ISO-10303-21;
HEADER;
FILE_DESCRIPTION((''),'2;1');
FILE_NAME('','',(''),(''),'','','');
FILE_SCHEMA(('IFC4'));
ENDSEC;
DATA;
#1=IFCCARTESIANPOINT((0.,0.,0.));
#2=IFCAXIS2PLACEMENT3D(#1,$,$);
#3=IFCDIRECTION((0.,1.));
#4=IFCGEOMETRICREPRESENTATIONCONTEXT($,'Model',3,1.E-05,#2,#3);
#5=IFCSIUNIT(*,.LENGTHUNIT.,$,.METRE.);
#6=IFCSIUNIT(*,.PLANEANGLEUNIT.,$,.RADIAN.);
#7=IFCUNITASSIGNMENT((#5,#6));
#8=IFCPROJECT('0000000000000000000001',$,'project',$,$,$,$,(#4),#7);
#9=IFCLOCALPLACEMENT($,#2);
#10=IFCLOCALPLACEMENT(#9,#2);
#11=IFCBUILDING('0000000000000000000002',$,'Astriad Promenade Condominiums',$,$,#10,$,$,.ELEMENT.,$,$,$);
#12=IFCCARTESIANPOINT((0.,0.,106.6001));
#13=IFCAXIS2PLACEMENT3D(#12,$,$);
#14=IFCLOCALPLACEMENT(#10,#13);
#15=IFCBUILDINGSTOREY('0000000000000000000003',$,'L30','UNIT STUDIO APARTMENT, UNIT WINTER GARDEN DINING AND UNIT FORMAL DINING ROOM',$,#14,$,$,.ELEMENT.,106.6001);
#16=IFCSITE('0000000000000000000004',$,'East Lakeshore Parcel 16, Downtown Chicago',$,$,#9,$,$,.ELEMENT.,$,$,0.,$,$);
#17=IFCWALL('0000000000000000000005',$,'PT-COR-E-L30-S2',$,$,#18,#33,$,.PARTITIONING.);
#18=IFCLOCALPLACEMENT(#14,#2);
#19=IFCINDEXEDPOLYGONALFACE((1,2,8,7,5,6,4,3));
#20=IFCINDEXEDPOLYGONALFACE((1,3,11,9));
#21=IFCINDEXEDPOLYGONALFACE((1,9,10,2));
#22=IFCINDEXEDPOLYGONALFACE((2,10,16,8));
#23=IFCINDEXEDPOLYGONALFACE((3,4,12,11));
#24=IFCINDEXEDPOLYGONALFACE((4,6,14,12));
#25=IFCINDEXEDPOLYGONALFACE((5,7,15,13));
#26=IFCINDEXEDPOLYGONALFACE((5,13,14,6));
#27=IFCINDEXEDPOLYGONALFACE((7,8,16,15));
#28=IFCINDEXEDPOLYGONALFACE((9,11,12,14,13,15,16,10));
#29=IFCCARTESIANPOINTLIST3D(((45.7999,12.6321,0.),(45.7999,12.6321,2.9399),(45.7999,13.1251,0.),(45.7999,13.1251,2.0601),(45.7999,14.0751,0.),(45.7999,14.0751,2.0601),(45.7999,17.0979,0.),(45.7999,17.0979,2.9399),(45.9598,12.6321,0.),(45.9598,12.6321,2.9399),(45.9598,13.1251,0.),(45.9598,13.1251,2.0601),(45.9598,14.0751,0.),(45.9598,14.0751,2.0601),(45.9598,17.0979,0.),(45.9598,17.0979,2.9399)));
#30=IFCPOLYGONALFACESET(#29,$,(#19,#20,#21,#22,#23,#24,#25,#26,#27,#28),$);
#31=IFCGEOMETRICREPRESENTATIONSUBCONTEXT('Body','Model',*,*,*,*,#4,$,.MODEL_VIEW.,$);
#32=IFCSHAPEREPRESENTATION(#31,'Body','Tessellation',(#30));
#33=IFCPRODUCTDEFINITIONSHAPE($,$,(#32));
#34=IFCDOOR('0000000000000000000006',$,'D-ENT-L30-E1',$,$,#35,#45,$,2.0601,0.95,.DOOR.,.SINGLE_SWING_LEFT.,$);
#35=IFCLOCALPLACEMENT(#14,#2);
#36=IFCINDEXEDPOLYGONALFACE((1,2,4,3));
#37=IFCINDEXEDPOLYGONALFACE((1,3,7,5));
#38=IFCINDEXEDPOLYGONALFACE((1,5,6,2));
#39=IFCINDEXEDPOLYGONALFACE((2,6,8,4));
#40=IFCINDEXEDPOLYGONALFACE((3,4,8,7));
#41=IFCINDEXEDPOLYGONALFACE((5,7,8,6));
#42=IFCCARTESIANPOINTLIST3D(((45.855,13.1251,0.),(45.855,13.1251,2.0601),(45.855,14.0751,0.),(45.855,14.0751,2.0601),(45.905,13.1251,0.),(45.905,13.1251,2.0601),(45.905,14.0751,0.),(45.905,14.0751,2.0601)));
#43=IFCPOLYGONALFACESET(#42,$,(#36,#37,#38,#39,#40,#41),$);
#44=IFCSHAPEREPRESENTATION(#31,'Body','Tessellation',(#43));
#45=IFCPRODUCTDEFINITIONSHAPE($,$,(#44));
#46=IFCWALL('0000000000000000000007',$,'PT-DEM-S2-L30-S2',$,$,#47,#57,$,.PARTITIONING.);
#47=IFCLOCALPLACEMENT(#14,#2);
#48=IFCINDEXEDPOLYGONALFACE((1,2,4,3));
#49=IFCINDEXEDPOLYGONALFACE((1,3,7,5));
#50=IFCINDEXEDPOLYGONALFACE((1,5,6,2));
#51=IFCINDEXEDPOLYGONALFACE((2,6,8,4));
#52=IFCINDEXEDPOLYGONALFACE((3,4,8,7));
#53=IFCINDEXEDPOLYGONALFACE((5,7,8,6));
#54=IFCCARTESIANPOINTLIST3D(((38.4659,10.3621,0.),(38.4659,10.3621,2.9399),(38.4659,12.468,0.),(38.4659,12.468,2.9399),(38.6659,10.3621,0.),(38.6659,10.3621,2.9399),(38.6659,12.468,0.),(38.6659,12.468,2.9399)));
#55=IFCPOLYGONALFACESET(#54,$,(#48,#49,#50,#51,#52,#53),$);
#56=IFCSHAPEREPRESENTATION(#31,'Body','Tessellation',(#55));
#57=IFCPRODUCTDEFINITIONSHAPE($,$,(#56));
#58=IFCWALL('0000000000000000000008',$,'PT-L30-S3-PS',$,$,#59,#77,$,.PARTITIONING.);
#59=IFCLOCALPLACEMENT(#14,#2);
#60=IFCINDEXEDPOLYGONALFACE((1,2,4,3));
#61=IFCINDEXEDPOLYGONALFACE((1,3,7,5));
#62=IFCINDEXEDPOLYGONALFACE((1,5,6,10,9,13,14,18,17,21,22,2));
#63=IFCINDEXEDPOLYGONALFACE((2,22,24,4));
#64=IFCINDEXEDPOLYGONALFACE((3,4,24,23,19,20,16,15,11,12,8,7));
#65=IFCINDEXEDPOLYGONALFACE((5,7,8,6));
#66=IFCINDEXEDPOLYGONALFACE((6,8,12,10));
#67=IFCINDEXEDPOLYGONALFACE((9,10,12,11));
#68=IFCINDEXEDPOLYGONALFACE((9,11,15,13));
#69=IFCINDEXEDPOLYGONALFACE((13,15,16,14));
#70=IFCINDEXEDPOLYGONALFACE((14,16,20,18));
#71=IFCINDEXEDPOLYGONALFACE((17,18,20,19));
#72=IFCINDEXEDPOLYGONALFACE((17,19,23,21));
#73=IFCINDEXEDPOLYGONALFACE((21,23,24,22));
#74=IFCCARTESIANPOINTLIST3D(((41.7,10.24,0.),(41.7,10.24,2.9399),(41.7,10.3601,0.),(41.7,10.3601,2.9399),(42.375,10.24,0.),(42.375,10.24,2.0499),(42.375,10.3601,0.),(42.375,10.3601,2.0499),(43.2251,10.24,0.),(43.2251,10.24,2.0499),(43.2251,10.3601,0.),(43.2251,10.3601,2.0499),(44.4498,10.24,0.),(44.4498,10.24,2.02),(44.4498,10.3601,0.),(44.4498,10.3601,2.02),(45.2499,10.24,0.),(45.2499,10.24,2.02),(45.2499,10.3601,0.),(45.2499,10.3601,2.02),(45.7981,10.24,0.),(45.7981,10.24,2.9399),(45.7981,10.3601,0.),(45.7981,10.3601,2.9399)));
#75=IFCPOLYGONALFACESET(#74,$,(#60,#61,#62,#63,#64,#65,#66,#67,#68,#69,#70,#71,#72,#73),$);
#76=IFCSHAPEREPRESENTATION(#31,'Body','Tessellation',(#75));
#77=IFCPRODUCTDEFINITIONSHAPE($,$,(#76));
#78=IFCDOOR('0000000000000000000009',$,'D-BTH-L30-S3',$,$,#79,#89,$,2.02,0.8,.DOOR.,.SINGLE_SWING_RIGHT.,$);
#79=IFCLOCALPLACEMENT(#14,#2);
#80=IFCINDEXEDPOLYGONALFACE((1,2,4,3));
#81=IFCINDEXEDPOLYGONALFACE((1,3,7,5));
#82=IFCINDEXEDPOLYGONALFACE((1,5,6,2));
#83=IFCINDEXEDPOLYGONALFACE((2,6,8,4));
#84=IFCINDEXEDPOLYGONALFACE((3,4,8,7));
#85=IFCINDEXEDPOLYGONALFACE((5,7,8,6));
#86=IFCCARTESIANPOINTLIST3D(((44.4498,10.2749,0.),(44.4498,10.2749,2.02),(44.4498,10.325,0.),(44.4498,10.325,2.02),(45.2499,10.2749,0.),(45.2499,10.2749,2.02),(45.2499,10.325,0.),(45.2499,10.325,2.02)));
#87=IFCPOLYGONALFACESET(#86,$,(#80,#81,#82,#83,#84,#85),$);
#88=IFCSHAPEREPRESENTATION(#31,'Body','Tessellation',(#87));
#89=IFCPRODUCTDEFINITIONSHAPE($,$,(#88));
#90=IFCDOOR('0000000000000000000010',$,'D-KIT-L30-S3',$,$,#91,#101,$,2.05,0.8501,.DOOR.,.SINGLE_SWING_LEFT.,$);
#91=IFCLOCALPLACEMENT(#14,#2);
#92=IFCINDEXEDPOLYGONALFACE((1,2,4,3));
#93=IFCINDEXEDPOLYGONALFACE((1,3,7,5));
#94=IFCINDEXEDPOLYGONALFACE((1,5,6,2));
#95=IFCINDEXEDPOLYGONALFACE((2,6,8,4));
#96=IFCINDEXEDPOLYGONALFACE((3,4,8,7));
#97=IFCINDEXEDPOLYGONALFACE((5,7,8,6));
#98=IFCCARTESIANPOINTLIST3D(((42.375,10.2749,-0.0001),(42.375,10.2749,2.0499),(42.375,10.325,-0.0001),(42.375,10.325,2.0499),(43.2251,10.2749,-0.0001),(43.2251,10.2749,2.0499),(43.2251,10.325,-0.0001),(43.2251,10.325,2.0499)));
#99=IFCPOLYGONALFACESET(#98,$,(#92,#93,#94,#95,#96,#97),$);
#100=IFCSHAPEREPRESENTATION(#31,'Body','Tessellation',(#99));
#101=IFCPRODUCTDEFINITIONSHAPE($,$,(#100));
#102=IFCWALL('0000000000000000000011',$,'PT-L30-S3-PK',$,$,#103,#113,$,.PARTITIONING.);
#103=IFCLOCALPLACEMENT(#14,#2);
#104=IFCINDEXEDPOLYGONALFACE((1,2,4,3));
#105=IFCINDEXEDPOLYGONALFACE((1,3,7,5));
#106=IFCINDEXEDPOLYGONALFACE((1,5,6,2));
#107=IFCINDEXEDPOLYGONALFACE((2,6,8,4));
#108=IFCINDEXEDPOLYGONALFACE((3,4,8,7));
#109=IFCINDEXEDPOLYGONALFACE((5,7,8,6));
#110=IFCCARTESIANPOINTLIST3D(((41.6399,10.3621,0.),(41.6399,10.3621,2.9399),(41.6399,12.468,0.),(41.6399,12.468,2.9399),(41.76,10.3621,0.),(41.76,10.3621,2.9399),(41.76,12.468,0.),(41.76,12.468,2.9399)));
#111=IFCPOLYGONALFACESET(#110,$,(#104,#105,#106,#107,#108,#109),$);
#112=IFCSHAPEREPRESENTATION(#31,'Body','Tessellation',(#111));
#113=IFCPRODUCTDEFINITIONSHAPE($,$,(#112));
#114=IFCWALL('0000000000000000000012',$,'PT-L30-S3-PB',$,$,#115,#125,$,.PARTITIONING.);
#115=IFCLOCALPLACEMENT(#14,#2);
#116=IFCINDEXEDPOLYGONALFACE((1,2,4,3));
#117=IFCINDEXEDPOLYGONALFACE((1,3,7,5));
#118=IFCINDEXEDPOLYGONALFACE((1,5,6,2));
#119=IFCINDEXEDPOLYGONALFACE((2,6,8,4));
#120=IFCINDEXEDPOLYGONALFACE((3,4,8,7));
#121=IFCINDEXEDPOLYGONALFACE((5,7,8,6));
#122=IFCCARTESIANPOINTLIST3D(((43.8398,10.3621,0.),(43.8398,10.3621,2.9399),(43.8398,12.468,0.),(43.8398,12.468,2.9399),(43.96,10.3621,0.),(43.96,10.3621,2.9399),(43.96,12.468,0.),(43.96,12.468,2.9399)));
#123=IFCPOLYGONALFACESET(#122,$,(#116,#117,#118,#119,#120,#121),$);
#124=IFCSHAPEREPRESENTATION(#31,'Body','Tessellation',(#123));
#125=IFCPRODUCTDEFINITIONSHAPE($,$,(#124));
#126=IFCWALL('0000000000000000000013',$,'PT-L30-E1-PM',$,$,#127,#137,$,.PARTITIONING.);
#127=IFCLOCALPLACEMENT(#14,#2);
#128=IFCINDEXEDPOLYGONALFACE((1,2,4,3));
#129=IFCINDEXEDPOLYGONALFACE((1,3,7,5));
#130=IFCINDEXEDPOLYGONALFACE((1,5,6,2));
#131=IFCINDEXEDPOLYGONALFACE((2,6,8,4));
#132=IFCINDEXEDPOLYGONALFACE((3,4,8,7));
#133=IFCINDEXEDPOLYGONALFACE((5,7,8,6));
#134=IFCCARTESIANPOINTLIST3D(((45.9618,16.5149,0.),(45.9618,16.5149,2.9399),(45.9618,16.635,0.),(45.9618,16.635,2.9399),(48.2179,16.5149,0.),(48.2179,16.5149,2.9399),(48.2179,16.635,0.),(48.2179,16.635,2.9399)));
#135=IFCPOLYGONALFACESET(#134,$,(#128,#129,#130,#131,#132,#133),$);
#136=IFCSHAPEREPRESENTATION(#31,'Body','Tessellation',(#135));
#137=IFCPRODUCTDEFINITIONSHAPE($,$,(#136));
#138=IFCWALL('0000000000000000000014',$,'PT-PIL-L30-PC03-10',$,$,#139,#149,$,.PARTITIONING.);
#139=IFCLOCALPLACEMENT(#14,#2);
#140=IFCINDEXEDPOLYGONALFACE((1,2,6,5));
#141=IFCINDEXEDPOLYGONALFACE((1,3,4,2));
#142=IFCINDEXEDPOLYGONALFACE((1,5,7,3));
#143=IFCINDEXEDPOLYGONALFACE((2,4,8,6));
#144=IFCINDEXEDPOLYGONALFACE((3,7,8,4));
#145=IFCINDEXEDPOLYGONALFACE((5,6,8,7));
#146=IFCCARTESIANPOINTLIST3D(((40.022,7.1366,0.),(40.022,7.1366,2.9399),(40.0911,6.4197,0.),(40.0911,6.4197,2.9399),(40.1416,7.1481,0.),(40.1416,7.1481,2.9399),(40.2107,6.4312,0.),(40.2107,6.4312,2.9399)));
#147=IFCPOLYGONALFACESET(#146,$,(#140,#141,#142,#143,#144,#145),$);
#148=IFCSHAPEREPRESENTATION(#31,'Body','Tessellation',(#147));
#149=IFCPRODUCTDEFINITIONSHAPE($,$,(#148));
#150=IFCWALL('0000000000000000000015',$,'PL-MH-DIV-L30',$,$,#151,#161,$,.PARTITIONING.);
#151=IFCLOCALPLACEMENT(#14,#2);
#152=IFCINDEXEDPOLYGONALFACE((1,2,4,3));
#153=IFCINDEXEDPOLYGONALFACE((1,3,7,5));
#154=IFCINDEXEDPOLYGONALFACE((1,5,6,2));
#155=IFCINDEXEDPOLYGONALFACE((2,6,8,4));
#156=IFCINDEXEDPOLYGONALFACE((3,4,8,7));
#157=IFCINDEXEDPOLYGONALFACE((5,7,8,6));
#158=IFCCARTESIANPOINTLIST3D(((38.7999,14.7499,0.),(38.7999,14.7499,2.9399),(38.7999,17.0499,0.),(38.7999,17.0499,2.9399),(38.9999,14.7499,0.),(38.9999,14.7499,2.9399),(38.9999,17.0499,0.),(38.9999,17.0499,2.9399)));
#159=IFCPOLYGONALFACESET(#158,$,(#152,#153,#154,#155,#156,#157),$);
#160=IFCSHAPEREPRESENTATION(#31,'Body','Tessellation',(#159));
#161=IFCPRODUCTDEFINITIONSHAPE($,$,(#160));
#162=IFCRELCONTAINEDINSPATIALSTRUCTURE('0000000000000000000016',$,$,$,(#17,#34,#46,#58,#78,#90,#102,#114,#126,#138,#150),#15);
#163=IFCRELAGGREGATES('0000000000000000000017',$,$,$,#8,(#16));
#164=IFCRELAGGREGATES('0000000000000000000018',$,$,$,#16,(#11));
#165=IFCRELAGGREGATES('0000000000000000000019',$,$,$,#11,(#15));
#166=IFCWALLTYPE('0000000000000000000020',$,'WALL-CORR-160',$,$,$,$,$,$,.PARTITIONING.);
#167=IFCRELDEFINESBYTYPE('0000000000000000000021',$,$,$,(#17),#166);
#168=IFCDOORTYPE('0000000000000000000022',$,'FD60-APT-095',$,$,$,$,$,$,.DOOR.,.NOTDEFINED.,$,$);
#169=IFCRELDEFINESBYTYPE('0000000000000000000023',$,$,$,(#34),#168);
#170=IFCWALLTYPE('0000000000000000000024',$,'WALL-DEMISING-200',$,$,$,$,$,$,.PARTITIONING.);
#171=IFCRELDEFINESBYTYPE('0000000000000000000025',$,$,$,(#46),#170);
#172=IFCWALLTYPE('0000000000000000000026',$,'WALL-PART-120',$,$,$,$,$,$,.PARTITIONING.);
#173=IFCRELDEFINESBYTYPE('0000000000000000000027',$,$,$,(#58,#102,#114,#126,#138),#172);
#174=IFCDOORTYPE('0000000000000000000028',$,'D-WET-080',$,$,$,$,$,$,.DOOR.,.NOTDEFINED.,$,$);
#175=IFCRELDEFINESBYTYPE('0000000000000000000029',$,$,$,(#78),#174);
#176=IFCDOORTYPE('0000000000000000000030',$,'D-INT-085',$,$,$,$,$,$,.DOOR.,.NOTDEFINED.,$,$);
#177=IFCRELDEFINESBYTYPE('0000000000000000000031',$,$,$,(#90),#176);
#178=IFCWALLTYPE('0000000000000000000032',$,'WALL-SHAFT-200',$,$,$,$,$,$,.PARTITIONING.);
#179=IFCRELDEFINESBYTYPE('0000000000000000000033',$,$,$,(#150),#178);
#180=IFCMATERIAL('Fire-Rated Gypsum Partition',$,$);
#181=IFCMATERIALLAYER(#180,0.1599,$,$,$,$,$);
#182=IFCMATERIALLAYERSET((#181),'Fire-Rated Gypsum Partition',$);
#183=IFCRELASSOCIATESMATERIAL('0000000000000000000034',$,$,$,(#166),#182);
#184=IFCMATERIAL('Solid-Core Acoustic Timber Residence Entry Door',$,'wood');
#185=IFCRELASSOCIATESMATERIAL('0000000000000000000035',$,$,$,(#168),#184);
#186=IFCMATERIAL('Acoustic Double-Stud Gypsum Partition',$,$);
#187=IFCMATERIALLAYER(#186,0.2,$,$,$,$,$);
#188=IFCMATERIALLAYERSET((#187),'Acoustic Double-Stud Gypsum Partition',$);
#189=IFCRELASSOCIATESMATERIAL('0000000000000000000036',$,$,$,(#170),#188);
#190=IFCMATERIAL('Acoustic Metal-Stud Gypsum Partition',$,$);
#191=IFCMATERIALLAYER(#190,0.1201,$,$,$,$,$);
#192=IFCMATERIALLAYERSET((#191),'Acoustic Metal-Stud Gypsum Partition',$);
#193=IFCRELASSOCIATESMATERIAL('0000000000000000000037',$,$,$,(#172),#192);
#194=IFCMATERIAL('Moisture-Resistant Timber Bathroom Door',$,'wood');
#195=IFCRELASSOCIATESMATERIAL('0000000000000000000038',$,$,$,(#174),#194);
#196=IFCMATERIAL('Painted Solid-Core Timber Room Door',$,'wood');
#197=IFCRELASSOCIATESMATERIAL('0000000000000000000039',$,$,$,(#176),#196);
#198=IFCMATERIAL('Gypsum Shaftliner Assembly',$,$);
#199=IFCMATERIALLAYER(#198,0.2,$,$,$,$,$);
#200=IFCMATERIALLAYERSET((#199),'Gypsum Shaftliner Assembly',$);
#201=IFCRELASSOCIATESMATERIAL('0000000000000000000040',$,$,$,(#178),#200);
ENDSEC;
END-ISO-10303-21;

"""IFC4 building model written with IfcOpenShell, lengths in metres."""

from ifc_helpers import new_model, si_unit, direction, frame, frame_2d, origin, place, context, subcontext, project, spatial, rectangle, extrude, source, transform, mapped, material, layer, layer_set, type_object, type_shapes, element, fill, save


model = new_model("IFC4")

# Units and contexts
model_context = context("Model", 3, precision=1e-05, world=origin(), true_north=direction((0.0, 1.0)))
body_context = subcontext(model_context, "Body", "Model", "MODEL_VIEW")
ifc_project = project(units=[si_unit("LENGTHUNIT", "METRE"), si_unit("PLANEANGLEUNIT", "RADIAN")], contexts=[model_context])

# Site, building, storey
site_placement = place(None, origin())
site = spatial("IfcSite", under=ifc_project, at=site_placement, Name="East Lakeshore Parcel 16, Downtown Chicago", CompositionType="ELEMENT", RefElevation=0.0)
building_placement = place(site_placement, origin())
building = spatial("IfcBuilding", under=site, at=building_placement, Name="Astriad Promenade Condominiums", CompositionType="ELEMENT")
storey_placement = place(building_placement, frame((0.0, 0.0, 106.6001)))
storey = spatial("IfcBuildingStorey", under=building, at=storey_placement, Name="L30", Description="UNIT STUDIO APARTMENT, UNIT WINTER GARDEN DINING AND UNIT FORMAL DINING ROOM", CompositionType="ELEMENT", Elevation=106.6001)

# Shared definitions
ifc_material_1 = material(Name="Fire-Rated Gypsum Partition")
ifc_layer_1 = layer(ifc_material_1, 0.1599)
ifc_layer_set_1 = layer_set([ifc_layer_1], Name="Fire-Rated Gypsum Partition")
wall_type_1 = type_object("IfcWallType", Name="WALL-CORR-160", PredefinedType="PARTITIONING", material=ifc_layer_set_1)

# Wall, opening, door
wall_1_placement = place(storey_placement, frame((45.8799, 12.6321, 0.0), z_axis=(0.0, 0.0, 1.0), x_axis=(0.0, 1.0, 0.0)))
wall_1 = element("IfcWall", 1, at=wall_1_placement, inside=storey, type_object=wall_type_1, Name="PT-COR-E-L30-S2", PredefinedType="PARTITIONING", context=body_context, shape_type="SweptSolid", body=[
    extrude(rectangle(XDim=4.4658, YDim=0.1599, at=frame_2d((2.2329, 0.0))), origin(), (0.0, 0.0, 1.0), 2.9399),
])
opening_1_placement = place(wall_1_placement, frame((0.4929, 0.0, 0.0)))
opening_1 = element("IfcOpeningElement", 2, at=opening_1_placement, cuts=wall_1, PredefinedType="OPENING", context=body_context, shape_type="SweptSolid", body=[
    extrude(rectangle(XDim=0.95, YDim=2.0601, at=frame_2d((0.4751, 1.03))), frame((0.0, 0.0898, 0.0), z_axis=(0.0, -1.0, 0.0), x_axis=(1.0, 0.0, 0.0)), (0.0, 0.0, 1.0), 0.1799),
])
ifc_material_2 = material(Name="Solid-Core Acoustic Timber Residence Entry Door", Category="wood")
door_type_1 = type_object("IfcDoorType", Name="FD60-APT-095", OperationType="NOTDEFINED", PredefinedType="DOOR", material=ifc_material_2)
shared_shape_1 = source(origin(), body_context, "Body", "SweptSolid", [
    extrude(rectangle(XDim=0.95, YDim=2.0601, at=frame_2d((0.4751, 1.03))), frame((0.0, 0.0249, 0.0), z_axis=(0.0, -1.0, 0.0), x_axis=(1.0, 0.0, 0.0)), (0.0, 0.0, 1.0), 0.05),
])
type_shapes(door_type_1, [shared_shape_1])
door_1_placement = place(opening_1_placement, origin())
door_1 = element("IfcDoor", 3, at=door_1_placement, inside=storey, type_object=door_type_1, Name="D-ENT-L30-E1", OperationType="SINGLE_SWING_LEFT", OverallHeight=2.0601, OverallWidth=0.95, PredefinedType="DOOR", context=body_context, shape_type="MappedRepresentation", body=[
    mapped(shared_shape_1, transform((0.0, 0.0, 0.0), scale=1.0)),
])
fill(opening_1, door_1)

# Wall
ifc_material_3 = material(Name="Acoustic Double-Stud Gypsum Partition")
ifc_layer_2 = layer(ifc_material_3, 0.2)
ifc_layer_set_2 = layer_set([ifc_layer_2], Name="Acoustic Double-Stud Gypsum Partition")
wall_type_2 = type_object("IfcWallType", Name="WALL-DEMISING-200", PredefinedType="PARTITIONING", material=ifc_layer_set_2)
wall_2_placement = place(storey_placement, frame((38.5659, 10.3621, 0.0), z_axis=(0.0, 0.0, 1.0), x_axis=(0.0, 1.0, 0.0)))
element("IfcWall", 4, at=wall_2_placement, inside=storey, type_object=wall_type_2, Name="PT-DEM-S2-L30-S2", PredefinedType="PARTITIONING", context=body_context, shape_type="SweptSolid", body=[
    extrude(rectangle(XDim=2.106, YDim=0.2, at=frame_2d((1.053, 0.0))), origin(), (0.0, 0.0, 1.0), 2.9399),
])

# Wall, openings, doors
ifc_material_4 = material(Name="Acoustic Metal-Stud Gypsum Partition")
ifc_layer_3 = layer(ifc_material_4, 0.1201)
ifc_layer_set_3 = layer_set([ifc_layer_3], Name="Acoustic Metal-Stud Gypsum Partition")
wall_type_3 = type_object("IfcWallType", Name="WALL-PART-120", PredefinedType="PARTITIONING", material=ifc_layer_set_3)
wall_3_placement = place(storey_placement, frame((41.7, 10.3, 0.0), z_axis=(0.0, 0.0, 1.0), x_axis=(1.0, 0.0, 0.0)))
wall_3 = element("IfcWall", 5, at=wall_3_placement, inside=storey, type_object=wall_type_3, Name="PT-L30-S3-PS", PredefinedType="PARTITIONING", context=body_context, shape_type="SweptSolid", body=[
    extrude(rectangle(XDim=4.0981, YDim=0.1201, at=frame_2d((2.0491, 0.0))), origin(), (0.0, 0.0, 1.0), 2.9399),
])
opening_2_placement = place(wall_3_placement, frame((0.675, 0.0, 0.0)))
opening_2 = element("IfcOpeningElement", 6, at=opening_2_placement, cuts=wall_3, PredefinedType="OPENING", context=body_context, shape_type="SweptSolid", body=[
    extrude(rectangle(XDim=0.8501, YDim=2.05, at=frame_2d((0.425, 1.0249))), frame((0.0, 0.0701, 0.0), z_axis=(0.0, -1.0, 0.0), x_axis=(1.0, 0.0, 0.0)), (0.0, 0.0, 1.0), 0.1401),
])
opening_3_placement = place(wall_3_placement, frame((2.75, 0.0, 0.0)))
opening_3 = element("IfcOpeningElement", 7, at=opening_3_placement, cuts=wall_3, PredefinedType="OPENING", context=body_context, shape_type="SweptSolid", body=[
    extrude(rectangle(XDim=0.8, YDim=2.02, at=frame_2d((0.3999, 1.01))), frame((0.0, 0.0701, 0.0), z_axis=(0.0, -1.0, 0.0), x_axis=(1.0, 0.0, 0.0)), (0.0, 0.0, 1.0), 0.1401),
])
ifc_material_5 = material(Name="Moisture-Resistant Timber Bathroom Door", Category="wood")
door_type_2 = type_object("IfcDoorType", Name="D-WET-080", OperationType="NOTDEFINED", PredefinedType="DOOR", material=ifc_material_5)
shared_shape_2 = source(origin(), body_context, "Body", "SweptSolid", [
    extrude(rectangle(XDim=0.8, YDim=2.02, at=frame_2d((0.3999, 1.01))), frame((0.0, 0.0249, 0.0), z_axis=(0.0, -1.0, 0.0), x_axis=(1.0, 0.0, 0.0)), (0.0, 0.0, 1.0), 0.05),
])
type_shapes(door_type_2, [shared_shape_2])
door_2_placement = place(opening_3_placement, origin())
door_2 = element("IfcDoor", 8, at=door_2_placement, inside=storey, type_object=door_type_2, Name="D-BTH-L30-S3", OperationType="SINGLE_SWING_RIGHT", OverallHeight=2.02, OverallWidth=0.8, PredefinedType="DOOR", context=body_context, shape_type="MappedRepresentation", body=[
    mapped(shared_shape_2, transform((0.0, 0.0, 0.0), scale=1.0)),
])
fill(opening_3, door_2)
ifc_material_6 = material(Name="Painted Solid-Core Timber Room Door", Category="wood")
door_type_3 = type_object("IfcDoorType", Name="D-INT-085", OperationType="NOTDEFINED", PredefinedType="DOOR", material=ifc_material_6)
shared_shape_3 = source(origin(), body_context, "Body", "SweptSolid", [
    extrude(rectangle(XDim=0.8501, YDim=2.05, at=frame_2d((0.425, 1.0249))), frame((0.0, 0.0249, 0.0), z_axis=(0.0, -1.0, 0.0), x_axis=(1.0, 0.0, 0.0)), (0.0, 0.0, 1.0), 0.05),
])
type_shapes(door_type_3, [shared_shape_3])
door_3_placement = place(opening_2_placement, origin())
door_3 = element("IfcDoor", 9, at=door_3_placement, inside=storey, type_object=door_type_3, Name="D-KIT-L30-S3", OperationType="SINGLE_SWING_LEFT", OverallHeight=2.05, OverallWidth=0.8501, PredefinedType="DOOR", context=body_context, shape_type="MappedRepresentation", body=[
    mapped(shared_shape_3, transform((0.0, 0.0, 0.0), scale=1.0)),
])
fill(opening_2, door_3)

# Walls
for number, where, z_axis, x_axis, name in (
    (10, (41.7, 10.3621, 0.0), (0.0, 0.0, 1.0), (0.0, 1.0, 0.0), "PT-L30-S3-PK"),
    (11, (43.8999, 10.3621, 0.0), (0.0, 0.0, 1.0), (0.0, 1.0, 0.0), "PT-L30-S3-PB"),
):
    element("IfcWall", number, at=place(storey_placement, frame(where, z_axis=z_axis, x_axis=x_axis)), inside=storey, type_object=wall_type_3, Name=name, PredefinedType="PARTITIONING", context=body_context, shape_type="SweptSolid", body=[
        extrude(rectangle(XDim=2.106, YDim=0.1201, at=frame_2d((1.053, 0.0))), origin(), (0.0, 0.0, 1.0), 2.9399),
    ])
wall_4_placement = place(storey_placement, frame((45.9619, 16.575, 0.0), z_axis=(0.0, 0.0, 1.0), x_axis=(1.0, 0.0, 0.0)))
element("IfcWall", 12, at=wall_4_placement, inside=storey, type_object=wall_type_3, Name="PT-L30-E1-PM", PredefinedType="PARTITIONING", context=body_context, shape_type="SweptSolid", body=[
    extrude(rectangle(XDim=2.2561, YDim=0.1201, at=frame_2d((1.1279, 0.0))), origin(), (0.0, 0.0, 1.0), 2.9399),
])
wall_5_placement = place(storey_placement, frame((40.0818, 7.1423, 0.0), z_axis=(0.0, 0.0, 1.0), x_axis=(0.095945, -0.995387, 0.0)))
element("IfcWall", 13, at=wall_5_placement, inside=storey, type_object=wall_type_3, Name="PT-PIL-L30-PC03-10", PredefinedType="PARTITIONING", context=body_context, shape_type="SweptSolid", body=[
    extrude(rectangle(XDim=0.7202, YDim=0.1201, at=frame_2d((0.3601, 0.0))), origin(), (0.0, 0.0, 1.0), 2.9399),
])
ifc_material_7 = material(Name="Gypsum Shaftliner Assembly")
ifc_layer_4 = layer(ifc_material_7, 0.2)
ifc_layer_set_4 = layer_set([ifc_layer_4], Name="Gypsum Shaftliner Assembly")
wall_type_4 = type_object("IfcWallType", Name="WALL-SHAFT-200", PredefinedType="PARTITIONING", material=ifc_layer_set_4)
wall_6_placement = place(storey_placement, frame((38.8999, 14.75, 0.0), z_axis=(0.0, 0.0, 1.0), x_axis=(0.0, 1.0, 0.0)))
element("IfcWall", 14, at=wall_6_placement, inside=storey, type_object=wall_type_4, Name="PL-MH-DIV-L30", PredefinedType="PARTITIONING", context=body_context, shape_type="SweptSolid", body=[
    extrude(rectangle(XDim=2.3, YDim=0.2, at=frame_2d((1.1499, 0.0))), origin(), (0.0, 0.0, 1.0), 2.9399),
])

save(model, "model.ifc")
